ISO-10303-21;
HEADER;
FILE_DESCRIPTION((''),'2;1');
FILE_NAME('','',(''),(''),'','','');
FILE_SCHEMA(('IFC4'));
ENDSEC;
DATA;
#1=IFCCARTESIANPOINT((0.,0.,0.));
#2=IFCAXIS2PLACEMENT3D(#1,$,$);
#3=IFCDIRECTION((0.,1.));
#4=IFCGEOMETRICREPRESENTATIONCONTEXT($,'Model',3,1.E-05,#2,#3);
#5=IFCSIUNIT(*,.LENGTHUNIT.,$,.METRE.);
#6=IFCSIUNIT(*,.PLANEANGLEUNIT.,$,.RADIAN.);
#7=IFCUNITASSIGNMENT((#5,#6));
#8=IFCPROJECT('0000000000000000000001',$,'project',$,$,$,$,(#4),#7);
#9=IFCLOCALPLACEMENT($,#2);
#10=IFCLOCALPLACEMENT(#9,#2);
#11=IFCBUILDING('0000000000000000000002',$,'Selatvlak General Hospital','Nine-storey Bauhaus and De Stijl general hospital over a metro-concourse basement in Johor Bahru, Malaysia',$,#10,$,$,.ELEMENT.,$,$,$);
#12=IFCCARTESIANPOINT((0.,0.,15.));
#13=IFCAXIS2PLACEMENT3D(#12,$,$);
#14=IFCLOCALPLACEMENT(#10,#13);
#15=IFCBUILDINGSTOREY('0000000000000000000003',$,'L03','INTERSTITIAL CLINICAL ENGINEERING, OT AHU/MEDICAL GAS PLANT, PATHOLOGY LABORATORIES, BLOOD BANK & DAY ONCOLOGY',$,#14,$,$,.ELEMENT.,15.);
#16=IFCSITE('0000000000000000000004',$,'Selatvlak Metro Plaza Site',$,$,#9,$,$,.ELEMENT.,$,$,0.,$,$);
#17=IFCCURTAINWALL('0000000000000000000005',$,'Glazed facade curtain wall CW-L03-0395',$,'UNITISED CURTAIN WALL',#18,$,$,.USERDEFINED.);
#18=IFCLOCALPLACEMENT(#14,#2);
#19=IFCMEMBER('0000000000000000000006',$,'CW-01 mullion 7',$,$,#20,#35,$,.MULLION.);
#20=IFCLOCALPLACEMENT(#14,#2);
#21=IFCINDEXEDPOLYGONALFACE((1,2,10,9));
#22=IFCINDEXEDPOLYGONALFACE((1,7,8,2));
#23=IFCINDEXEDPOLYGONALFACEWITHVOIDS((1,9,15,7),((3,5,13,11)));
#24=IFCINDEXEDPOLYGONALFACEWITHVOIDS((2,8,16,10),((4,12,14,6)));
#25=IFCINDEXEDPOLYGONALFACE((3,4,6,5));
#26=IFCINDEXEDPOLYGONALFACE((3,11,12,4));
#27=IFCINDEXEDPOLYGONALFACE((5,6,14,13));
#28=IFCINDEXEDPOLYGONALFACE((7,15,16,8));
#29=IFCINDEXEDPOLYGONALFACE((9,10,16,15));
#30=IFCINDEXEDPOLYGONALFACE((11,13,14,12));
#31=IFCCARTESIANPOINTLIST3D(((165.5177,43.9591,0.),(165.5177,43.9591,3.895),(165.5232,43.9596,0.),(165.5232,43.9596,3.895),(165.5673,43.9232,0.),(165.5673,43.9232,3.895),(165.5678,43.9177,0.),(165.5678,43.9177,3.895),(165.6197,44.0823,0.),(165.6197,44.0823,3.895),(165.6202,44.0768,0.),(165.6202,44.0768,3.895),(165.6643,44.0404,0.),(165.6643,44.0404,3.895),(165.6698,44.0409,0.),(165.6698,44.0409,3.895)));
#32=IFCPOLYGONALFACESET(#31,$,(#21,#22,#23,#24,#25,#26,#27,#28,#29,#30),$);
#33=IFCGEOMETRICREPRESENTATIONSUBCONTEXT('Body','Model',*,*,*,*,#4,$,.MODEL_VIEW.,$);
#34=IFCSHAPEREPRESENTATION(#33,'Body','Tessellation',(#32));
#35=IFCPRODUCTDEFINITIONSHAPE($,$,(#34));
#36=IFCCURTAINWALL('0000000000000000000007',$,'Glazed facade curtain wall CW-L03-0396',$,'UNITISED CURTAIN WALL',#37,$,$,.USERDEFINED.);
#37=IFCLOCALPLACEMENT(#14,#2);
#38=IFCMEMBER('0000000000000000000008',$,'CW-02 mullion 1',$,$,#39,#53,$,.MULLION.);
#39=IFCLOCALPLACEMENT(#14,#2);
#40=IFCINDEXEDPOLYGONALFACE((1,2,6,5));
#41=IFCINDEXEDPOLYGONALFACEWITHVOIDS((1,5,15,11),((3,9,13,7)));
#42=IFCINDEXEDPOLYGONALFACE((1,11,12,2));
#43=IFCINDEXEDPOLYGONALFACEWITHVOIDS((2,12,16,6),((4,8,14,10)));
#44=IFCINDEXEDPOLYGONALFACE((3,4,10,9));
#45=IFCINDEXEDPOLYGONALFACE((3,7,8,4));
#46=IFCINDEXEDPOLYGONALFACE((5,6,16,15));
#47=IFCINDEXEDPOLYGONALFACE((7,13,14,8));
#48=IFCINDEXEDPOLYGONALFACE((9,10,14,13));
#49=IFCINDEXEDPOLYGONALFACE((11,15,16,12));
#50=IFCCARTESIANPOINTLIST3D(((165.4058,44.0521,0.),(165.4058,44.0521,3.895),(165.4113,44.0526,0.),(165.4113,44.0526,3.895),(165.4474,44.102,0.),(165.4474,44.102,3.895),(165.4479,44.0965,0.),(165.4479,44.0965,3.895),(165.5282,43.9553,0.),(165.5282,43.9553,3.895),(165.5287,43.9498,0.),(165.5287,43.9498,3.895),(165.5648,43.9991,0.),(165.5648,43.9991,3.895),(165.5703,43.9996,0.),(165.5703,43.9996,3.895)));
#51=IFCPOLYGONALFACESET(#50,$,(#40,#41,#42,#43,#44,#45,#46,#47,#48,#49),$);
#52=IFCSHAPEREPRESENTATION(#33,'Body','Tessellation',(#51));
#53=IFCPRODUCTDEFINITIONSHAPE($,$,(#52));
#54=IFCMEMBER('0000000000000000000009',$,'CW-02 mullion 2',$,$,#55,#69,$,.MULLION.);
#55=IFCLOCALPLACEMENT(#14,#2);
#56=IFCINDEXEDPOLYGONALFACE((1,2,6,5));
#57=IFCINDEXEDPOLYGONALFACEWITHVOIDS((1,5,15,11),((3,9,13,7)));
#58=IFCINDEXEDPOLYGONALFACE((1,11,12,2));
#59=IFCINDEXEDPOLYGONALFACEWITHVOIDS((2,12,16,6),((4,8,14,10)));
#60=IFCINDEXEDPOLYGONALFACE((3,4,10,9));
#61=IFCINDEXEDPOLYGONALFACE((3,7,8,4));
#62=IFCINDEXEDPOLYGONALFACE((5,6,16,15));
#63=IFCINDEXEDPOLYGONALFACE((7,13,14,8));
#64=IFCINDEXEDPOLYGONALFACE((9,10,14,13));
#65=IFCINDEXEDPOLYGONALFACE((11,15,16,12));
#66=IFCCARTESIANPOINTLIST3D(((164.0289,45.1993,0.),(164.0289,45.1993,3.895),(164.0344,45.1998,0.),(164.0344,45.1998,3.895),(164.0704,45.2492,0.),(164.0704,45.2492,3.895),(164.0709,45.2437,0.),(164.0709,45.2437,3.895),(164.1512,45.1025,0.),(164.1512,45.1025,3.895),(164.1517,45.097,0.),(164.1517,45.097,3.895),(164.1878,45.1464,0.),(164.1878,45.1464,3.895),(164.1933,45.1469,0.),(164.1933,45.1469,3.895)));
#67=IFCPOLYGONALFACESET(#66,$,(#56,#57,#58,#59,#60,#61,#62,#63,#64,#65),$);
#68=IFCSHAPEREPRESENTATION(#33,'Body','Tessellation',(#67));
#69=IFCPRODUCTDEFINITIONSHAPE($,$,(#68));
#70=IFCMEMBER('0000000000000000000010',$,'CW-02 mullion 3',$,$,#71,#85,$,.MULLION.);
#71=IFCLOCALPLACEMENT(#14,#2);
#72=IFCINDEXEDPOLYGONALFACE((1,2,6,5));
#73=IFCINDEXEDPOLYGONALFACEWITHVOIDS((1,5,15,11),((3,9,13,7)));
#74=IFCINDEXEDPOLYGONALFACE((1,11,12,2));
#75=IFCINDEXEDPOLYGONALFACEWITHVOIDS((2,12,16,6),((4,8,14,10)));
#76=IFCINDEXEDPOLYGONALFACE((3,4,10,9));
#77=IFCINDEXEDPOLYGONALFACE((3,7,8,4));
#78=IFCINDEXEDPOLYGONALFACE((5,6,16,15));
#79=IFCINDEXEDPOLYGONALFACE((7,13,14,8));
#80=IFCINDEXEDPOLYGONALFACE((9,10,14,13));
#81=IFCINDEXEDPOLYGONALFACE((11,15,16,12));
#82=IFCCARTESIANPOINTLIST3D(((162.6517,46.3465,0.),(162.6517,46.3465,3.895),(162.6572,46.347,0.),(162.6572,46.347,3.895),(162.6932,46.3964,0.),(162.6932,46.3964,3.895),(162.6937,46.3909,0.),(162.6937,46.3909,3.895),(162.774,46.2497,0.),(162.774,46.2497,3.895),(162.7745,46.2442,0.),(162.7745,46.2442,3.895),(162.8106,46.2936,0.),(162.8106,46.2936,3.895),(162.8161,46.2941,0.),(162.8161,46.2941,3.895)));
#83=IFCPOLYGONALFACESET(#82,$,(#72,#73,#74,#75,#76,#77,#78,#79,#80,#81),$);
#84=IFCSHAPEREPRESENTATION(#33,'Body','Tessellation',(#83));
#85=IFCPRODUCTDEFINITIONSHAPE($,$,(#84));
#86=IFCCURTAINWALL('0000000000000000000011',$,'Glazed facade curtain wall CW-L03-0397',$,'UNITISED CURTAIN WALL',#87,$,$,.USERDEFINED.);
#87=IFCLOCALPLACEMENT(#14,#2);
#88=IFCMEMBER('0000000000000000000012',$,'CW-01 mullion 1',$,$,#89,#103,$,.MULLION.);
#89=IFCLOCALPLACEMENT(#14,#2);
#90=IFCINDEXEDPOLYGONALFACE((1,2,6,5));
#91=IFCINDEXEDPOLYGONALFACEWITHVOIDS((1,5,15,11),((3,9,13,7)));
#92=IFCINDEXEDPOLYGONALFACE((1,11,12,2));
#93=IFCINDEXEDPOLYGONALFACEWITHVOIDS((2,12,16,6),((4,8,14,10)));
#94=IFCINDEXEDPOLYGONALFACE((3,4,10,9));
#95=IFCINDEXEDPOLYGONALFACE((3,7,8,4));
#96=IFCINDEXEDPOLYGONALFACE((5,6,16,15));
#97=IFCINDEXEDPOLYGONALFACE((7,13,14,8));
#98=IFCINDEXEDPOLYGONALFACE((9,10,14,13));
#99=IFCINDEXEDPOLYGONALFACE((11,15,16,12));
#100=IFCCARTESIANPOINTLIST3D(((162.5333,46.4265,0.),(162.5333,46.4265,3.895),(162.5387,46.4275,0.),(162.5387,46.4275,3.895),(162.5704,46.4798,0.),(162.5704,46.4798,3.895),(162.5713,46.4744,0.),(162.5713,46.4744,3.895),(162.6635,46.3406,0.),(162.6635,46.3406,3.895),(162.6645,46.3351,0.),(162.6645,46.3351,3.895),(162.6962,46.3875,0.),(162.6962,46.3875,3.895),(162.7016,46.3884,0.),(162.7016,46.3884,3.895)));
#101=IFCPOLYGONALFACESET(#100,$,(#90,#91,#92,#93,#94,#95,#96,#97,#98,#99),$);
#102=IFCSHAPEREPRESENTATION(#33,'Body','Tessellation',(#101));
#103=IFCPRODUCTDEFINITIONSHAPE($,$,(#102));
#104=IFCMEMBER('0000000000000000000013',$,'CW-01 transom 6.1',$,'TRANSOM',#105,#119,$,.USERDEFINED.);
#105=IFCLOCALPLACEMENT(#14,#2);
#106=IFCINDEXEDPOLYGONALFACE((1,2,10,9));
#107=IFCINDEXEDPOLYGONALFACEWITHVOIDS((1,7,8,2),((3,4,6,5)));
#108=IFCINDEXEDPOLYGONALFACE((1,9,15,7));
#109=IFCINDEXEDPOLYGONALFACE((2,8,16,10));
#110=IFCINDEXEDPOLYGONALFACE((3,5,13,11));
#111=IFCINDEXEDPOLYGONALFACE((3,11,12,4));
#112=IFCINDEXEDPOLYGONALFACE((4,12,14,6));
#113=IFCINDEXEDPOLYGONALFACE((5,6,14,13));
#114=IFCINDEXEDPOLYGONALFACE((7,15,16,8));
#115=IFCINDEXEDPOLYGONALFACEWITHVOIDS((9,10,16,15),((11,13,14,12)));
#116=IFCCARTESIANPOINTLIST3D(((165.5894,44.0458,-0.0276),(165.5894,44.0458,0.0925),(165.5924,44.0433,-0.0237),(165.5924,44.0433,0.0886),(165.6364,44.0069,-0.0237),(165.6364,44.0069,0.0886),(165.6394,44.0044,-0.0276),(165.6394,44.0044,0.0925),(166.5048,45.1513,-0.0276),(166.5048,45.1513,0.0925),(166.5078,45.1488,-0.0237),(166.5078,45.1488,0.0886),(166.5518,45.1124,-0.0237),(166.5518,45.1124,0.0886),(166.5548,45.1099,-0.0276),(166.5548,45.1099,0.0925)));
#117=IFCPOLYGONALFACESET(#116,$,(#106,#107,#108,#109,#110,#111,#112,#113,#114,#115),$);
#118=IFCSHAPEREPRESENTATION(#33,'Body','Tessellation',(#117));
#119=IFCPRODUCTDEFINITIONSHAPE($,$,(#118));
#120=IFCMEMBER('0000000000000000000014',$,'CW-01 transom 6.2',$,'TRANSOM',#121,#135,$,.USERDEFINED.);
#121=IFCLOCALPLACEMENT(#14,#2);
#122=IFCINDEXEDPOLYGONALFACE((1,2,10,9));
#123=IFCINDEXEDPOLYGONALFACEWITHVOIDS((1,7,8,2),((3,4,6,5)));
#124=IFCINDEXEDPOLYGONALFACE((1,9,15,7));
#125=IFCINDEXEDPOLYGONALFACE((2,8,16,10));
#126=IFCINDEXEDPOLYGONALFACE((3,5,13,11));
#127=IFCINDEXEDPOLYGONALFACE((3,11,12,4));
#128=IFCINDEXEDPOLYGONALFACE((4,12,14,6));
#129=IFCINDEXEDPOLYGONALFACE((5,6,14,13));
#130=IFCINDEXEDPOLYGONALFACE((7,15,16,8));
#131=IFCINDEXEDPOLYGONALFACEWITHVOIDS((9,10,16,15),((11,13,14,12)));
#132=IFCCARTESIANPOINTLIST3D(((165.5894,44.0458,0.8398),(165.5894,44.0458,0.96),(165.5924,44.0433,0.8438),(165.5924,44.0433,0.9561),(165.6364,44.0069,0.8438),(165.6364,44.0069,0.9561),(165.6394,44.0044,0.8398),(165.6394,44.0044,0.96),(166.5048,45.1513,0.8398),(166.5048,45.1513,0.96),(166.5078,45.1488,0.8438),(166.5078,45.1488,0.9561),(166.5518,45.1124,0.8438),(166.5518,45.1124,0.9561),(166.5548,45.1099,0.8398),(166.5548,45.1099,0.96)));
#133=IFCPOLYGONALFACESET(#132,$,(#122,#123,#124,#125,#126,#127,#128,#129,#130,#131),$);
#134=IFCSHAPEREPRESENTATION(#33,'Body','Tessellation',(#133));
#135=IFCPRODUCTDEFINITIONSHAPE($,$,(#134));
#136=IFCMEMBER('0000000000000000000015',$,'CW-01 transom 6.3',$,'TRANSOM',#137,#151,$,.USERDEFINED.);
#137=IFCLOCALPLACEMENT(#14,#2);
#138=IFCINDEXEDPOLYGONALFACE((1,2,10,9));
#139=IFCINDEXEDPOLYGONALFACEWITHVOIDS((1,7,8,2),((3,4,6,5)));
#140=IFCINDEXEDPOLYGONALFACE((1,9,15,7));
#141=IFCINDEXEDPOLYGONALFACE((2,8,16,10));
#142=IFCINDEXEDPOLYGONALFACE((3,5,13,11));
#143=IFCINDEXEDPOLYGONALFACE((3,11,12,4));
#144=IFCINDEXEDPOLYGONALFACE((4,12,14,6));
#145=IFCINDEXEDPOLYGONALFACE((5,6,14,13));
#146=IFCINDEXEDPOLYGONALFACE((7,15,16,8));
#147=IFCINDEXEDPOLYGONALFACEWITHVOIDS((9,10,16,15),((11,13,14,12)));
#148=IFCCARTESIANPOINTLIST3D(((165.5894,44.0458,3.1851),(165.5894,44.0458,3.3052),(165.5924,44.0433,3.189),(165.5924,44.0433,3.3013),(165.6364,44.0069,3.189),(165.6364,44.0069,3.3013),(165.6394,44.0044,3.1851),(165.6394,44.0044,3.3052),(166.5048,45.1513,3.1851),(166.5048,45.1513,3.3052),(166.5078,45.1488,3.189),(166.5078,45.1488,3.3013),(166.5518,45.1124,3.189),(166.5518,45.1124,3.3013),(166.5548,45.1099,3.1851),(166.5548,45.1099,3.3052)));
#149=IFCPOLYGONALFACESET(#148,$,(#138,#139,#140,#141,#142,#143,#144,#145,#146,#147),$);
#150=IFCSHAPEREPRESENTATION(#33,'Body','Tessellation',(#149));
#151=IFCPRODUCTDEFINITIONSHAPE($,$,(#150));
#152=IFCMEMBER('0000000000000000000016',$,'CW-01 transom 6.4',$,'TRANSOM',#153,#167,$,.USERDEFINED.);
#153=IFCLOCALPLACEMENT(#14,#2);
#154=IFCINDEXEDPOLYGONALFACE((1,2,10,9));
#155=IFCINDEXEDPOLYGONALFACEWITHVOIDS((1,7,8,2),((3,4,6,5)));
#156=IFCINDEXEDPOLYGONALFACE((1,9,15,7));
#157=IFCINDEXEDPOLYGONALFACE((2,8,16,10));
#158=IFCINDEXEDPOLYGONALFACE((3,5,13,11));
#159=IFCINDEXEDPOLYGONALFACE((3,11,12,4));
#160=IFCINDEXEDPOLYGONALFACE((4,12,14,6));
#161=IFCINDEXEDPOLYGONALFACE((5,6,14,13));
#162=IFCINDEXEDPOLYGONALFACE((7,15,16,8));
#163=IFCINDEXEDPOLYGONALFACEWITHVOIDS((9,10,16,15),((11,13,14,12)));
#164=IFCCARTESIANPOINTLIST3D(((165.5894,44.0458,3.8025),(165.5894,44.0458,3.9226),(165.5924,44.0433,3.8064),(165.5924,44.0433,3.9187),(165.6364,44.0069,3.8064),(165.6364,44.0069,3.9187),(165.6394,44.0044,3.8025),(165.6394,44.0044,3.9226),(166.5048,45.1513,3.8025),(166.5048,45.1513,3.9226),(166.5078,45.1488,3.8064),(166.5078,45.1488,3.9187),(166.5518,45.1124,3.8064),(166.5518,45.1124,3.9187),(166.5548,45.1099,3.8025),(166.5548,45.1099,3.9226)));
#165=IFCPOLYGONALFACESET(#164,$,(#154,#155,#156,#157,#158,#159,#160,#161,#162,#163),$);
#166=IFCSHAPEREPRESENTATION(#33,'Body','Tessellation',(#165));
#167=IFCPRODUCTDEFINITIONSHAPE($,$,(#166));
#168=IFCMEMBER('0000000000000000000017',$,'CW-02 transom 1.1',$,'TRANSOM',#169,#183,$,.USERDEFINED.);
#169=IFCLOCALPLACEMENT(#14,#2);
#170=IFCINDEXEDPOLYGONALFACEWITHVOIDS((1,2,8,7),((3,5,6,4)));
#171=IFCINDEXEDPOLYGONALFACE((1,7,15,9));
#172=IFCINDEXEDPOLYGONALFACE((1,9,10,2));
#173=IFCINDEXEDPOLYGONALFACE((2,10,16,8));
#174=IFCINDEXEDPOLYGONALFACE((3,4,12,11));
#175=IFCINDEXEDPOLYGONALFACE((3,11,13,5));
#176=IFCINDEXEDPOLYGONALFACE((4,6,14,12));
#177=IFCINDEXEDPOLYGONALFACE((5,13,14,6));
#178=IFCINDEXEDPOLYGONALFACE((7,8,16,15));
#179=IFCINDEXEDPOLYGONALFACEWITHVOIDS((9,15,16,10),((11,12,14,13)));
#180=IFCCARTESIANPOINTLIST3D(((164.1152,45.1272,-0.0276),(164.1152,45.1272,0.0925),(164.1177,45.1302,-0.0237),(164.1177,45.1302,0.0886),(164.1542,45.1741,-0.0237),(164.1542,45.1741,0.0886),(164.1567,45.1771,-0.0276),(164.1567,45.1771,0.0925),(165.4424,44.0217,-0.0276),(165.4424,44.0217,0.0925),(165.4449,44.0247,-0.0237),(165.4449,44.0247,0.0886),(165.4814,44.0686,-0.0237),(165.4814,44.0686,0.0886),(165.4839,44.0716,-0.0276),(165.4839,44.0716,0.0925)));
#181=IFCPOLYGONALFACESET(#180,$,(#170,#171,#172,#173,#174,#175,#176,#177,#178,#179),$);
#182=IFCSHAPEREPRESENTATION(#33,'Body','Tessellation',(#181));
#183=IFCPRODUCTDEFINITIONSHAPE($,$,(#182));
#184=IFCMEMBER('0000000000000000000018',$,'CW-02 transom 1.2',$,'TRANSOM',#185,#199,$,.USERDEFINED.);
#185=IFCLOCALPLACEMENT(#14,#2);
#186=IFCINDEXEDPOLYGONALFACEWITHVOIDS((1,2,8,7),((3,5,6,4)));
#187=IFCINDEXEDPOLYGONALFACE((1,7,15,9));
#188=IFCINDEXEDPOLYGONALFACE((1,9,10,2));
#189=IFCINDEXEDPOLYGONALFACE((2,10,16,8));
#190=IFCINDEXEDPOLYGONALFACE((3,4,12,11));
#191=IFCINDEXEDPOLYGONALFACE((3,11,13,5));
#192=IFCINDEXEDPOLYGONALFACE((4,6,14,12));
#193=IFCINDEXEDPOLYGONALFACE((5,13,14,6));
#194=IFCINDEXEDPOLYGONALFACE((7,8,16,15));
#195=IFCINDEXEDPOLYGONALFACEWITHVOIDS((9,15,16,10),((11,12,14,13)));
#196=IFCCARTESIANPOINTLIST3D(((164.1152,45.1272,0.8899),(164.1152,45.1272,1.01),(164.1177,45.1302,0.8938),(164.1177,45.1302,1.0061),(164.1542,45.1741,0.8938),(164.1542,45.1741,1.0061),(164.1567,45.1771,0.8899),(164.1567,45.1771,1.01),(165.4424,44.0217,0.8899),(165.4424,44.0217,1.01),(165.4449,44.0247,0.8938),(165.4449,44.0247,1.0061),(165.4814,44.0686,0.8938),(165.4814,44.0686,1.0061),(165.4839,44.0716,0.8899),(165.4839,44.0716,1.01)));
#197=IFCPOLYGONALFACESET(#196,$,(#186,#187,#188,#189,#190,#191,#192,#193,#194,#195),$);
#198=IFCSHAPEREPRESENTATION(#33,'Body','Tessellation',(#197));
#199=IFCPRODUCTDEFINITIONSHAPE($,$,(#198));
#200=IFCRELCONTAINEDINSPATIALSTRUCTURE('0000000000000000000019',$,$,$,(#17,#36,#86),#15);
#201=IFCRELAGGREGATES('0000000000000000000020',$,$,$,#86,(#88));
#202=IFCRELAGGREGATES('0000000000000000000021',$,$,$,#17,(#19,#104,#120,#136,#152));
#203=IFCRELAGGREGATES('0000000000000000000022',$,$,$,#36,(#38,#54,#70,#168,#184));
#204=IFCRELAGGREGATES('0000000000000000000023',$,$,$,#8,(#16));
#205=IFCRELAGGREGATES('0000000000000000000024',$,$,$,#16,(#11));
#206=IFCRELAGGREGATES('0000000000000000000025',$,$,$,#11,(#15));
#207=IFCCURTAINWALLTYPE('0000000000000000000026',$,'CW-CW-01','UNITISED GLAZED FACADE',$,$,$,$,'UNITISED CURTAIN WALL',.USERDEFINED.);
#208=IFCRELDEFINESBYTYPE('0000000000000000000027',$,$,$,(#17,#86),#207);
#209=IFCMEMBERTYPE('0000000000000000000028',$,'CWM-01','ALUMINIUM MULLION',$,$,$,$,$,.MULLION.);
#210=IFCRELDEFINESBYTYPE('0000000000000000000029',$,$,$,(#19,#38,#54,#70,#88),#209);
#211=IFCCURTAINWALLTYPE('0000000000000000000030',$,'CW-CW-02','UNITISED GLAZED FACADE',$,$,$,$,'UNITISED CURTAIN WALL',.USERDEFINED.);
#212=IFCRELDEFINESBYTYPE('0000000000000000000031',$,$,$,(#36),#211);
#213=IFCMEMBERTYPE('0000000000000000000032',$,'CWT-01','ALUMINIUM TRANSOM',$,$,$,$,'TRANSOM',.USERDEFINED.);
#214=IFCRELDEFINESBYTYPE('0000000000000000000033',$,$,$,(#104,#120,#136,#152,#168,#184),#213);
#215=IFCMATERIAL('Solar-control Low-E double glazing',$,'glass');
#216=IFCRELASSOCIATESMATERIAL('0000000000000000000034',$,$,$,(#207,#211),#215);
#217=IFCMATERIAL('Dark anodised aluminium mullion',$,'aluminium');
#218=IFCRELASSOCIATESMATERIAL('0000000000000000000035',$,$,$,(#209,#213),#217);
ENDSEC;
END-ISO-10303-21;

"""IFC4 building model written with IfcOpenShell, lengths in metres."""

from ifc_helpers import new_model, si_unit, direction, frame, origin, origin_2d, place, context, subcontext, project, spatial, hollow_rectangle, extrude, material, material_profile, profile_set, type_object, element, aggregate, save


model = new_model("IFC4")

# Units and contexts
model_context = context("Model", 3, precision=1e-05, world=origin(), true_north=direction((0.0, 1.0)))
body_context = subcontext(model_context, "Body", "Model", "MODEL_VIEW")
ifc_project = project(units=[si_unit("LENGTHUNIT", "METRE"), si_unit("PLANEANGLEUNIT", "RADIAN")], contexts=[model_context])

# Site, building, storey
site_placement = place(None, origin())
site = spatial("IfcSite", under=ifc_project, at=site_placement, Name="Selatvlak Metro Plaza Site", CompositionType="ELEMENT", RefElevation=0.0)
building_placement = place(site_placement, origin())
building = spatial("IfcBuilding", under=site, at=building_placement, Name="Selatvlak General Hospital", Description="Nine-storey Bauhaus and De Stijl general hospital over a metro-concourse basement in Johor Bahru, Malaysia", CompositionType="ELEMENT")
storey_placement = place(building_placement, frame((0.0, 0.0, 15.0)))
storey = spatial("IfcBuildingStorey", under=building, at=storey_placement, Name="L03", Description="INTERSTITIAL CLINICAL ENGINEERING, OT AHU/MEDICAL GAS PLANT, PATHOLOGY LABORATORIES, BLOOD BANK & DAY ONCOLOGY", CompositionType="ELEMENT", Elevation=15.0)

# Curtain wall, member
ifc_material_1 = material(Name="Solar-control Low-E double glazing", Category="glass")
curtain_wall_type_1 = type_object("IfcCurtainWallType", Name="CW-CW-01", Description="UNITISED GLAZED FACADE", ElementType="UNITISED CURTAIN WALL", PredefinedType="USERDEFINED", material=ifc_material_1)
curtain_wall_1_placement = place(storey_placement, origin())
curtain_wall_1 = element("IfcCurtainWall", 1, at=curtain_wall_1_placement, inside=storey, type_object=curtain_wall_type_1, Name="Glazed facade curtain wall CW-L03-0395", ObjectType="UNITISED CURTAIN WALL", PredefinedType="USERDEFINED")
ifc_material_2 = material(Name="Dark anodised aluminium mullion", Category="aluminium")
ifc_material_profile_1 = material_profile(ifc_material_2, hollow_rectangle(XDim=0.0649, YDim=0.1599, WallThickness=0.0039, at=origin_2d()), Name="AL-MUL 65x160x4")
ifc_profile_set_1 = profile_set([ifc_material_profile_1], Name="Dark anodised aluminium mullion")
member_type_1 = type_object("IfcMemberType", Name="CWM-01", Description="ALUMINIUM MULLION", PredefinedType="MULLION", material=ifc_profile_set_1)
member_1_placement = place(storey_placement, frame((165.5938, 44.0, 0.0), z_axis=(0.0, 0.0, 1.0), x_axis=(0.770267, -0.637721, 0.0)))
member_1 = element("IfcMember", 2, at=member_1_placement, type_object=member_type_1, Name="CW-01 mullion 7", PredefinedType="MULLION", context=body_context, shape_type="SweptSolid", body=[
    extrude(hollow_rectangle(XDim=0.0649, YDim=0.1599, WallThickness=0.0039, at=origin_2d()), origin(), (0.0, 0.0, 1.0), 3.895),
])

# Curtain wall, members
curtain_wall_type_2 = type_object("IfcCurtainWallType", Name="CW-CW-02", Description="UNITISED GLAZED FACADE", ElementType="UNITISED CURTAIN WALL", PredefinedType="USERDEFINED", material=ifc_material_1)
curtain_wall_2_placement = place(storey_placement, origin())
curtain_wall_2 = element("IfcCurtainWall", 3, at=curtain_wall_2_placement, inside=storey, type_object=curtain_wall_type_2, Name="Glazed facade curtain wall CW-L03-0396", ObjectType="UNITISED CURTAIN WALL", PredefinedType="USERDEFINED")
member_2_placement = place(storey_placement, frame((165.488, 44.0259, 0.0), z_axis=(0.0, 0.0, 1.0), x_axis=(-0.640077, -0.768311, 0.0)))
member_2 = element("IfcMember", 4, at=member_2_placement, type_object=member_type_1, Name="CW-02 mullion 1", PredefinedType="MULLION", context=body_context, shape_type="SweptSolid", body=[
    extrude(hollow_rectangle(XDim=0.0649, YDim=0.1599, WallThickness=0.0039, at=origin_2d()), origin(), (0.0, 0.0, 1.0), 3.895),
])
member_3_placement = place(storey_placement, frame((164.1111, 45.1731, 0.0), z_axis=(0.0, 0.0, 1.0), x_axis=(-0.640077, -0.768311, 0.0)))
member_3 = element("IfcMember", 5, at=member_3_placement, type_object=member_type_1, Name="CW-02 mullion 2", PredefinedType="MULLION", context=body_context, shape_type="SweptSolid", body=[
    extrude(hollow_rectangle(XDim=0.0649, YDim=0.1599, WallThickness=0.0039, at=origin_2d()), origin(), (0.0, 0.0, 1.0), 3.895),
])
member_4_placement = place(storey_placement, frame((162.7339, 46.3203, 0.0), z_axis=(0.0, 0.0, 1.0), x_axis=(-0.640077, -0.768311, 0.0)))
member_4 = element("IfcMember", 6, at=member_4_placement, type_object=member_type_1, Name="CW-02 mullion 3", PredefinedType="MULLION", context=body_context, shape_type="SweptSolid", body=[
    extrude(hollow_rectangle(XDim=0.0649, YDim=0.1599, WallThickness=0.0039, at=origin_2d()), origin(), (0.0, 0.0, 1.0), 3.895),
])

# Curtain wall, member
curtain_wall_3_placement = place(storey_placement, origin())
curtain_wall_3 = element("IfcCurtainWall", 7, at=curtain_wall_3_placement, inside=storey, type_object=curtain_wall_type_1, Name="Glazed facade curtain wall CW-L03-0397", ObjectType="UNITISED CURTAIN WALL", PredefinedType="USERDEFINED")
member_5_placement = place(storey_placement, frame((162.6174, 46.4075, 0.0), z_axis=(0.0, 0.0, 1.0), x_axis=(-0.571335, -0.820717, 0.0)))
member_5 = element("IfcMember", 8, at=member_5_placement, type_object=member_type_1, Name="CW-01 mullion 1", PredefinedType="MULLION", context=body_context, shape_type="SweptSolid", body=[
    extrude(hollow_rectangle(XDim=0.0649, YDim=0.1599, WallThickness=0.0039, at=origin_2d()), origin(), (0.0, 0.0, 1.0), 3.895),
])

# Members
ifc_material_profile_2 = material_profile(ifc_material_2, hollow_rectangle(XDim=0.0649, YDim=0.1201, WallThickness=0.0039, at=origin_2d()), Name="AL-TRN 65x120x4")
ifc_profile_set_2 = profile_set([ifc_material_profile_2], Name="Dark anodised aluminium mullion")
member_type_2 = type_object("IfcMemberType", Name="CWT-01", Description="ALUMINIUM TRANSOM", ElementType="TRANSOM", PredefinedType="USERDEFINED", material=ifc_profile_set_2)
member_6_placement = place(storey_placement, frame((166.5298, 45.1306, 0.0325), z_axis=(-0.637738, -0.770253, 0.0), x_axis=(0.770253, -0.637738, 0.0)))
member_6 = element("IfcMember", 9, at=member_6_placement, type_object=member_type_2, Name="CW-01 transom 6.1", ObjectType="TRANSOM", PredefinedType="USERDEFINED", context=body_context, shape_type="SweptSolid", body=[
    extrude(hollow_rectangle(XDim=0.0649, YDim=0.1201, WallThickness=0.0039, at=origin_2d()), origin(), (0.0, 0.0, 1.0), 1.4353),
])
member_7_placement = place(storey_placement, frame((166.5298, 45.1306, 0.8999), z_axis=(-0.637738, -0.770253, 0.0), x_axis=(0.770253, -0.637738, 0.0)))
member_7 = element("IfcMember", 10, at=member_7_placement, type_object=member_type_2, Name="CW-01 transom 6.2", ObjectType="TRANSOM", PredefinedType="USERDEFINED", context=body_context, shape_type="SweptSolid", body=[
    extrude(hollow_rectangle(XDim=0.0649, YDim=0.1201, WallThickness=0.0039, at=origin_2d()), origin(), (0.0, 0.0, 1.0), 1.4353),
])
member_8_placement = place(storey_placement, frame((166.5298, 45.1306, 3.2451), z_axis=(-0.637738, -0.770253, 0.0), x_axis=(0.770253, -0.637738, 0.0)))
member_8 = element("IfcMember", 11, at=member_8_placement, type_object=member_type_2, Name="CW-01 transom 6.3", ObjectType="TRANSOM", PredefinedType="USERDEFINED", context=body_context, shape_type="SweptSolid", body=[
    extrude(hollow_rectangle(XDim=0.0649, YDim=0.1201, WallThickness=0.0039, at=origin_2d()), origin(), (0.0, 0.0, 1.0), 1.4353),
])
member_9_placement = place(storey_placement, frame((166.5298, 45.1306, 3.8625), z_axis=(-0.637738, -0.770253, 0.0), x_axis=(0.770253, -0.637738, 0.0)))
member_9 = element("IfcMember", 12, at=member_9_placement, type_object=member_type_2, Name="CW-01 transom 6.4", ObjectType="TRANSOM", PredefinedType="USERDEFINED", context=body_context, shape_type="SweptSolid", body=[
    extrude(hollow_rectangle(XDim=0.0649, YDim=0.1201, WallThickness=0.0039, at=origin_2d()), origin(), (0.0, 0.0, 1.0), 1.4353),
])
member_10_placement = place(storey_placement, frame((165.4631, 44.0466, 0.0325), z_axis=(-0.76836, 0.640018, 0.0), x_axis=(-0.640018, -0.76836, 0.0)))
member_10 = element("IfcMember", 13, at=member_10_placement, type_object=member_type_2, Name="CW-02 transom 1.1", ObjectType="TRANSOM", PredefinedType="USERDEFINED", context=body_context, shape_type="SweptSolid", body=[
    extrude(hollow_rectangle(XDim=0.0649, YDim=0.1201, WallThickness=0.0039, at=origin_2d()), origin(), (0.0, 0.0, 1.0), 1.7273),
])
member_11_placement = place(storey_placement, frame((165.4631, 44.0466, 0.95), z_axis=(-0.76836, 0.640018, 0.0), x_axis=(-0.640018, -0.76836, 0.0)))
member_11 = element("IfcMember", 14, at=member_11_placement, type_object=member_type_2, Name="CW-02 transom 1.2", ObjectType="TRANSOM", PredefinedType="USERDEFINED", context=body_context, shape_type="SweptSolid", body=[
    extrude(hollow_rectangle(XDim=0.0649, YDim=0.1201, WallThickness=0.0039, at=origin_2d()), origin(), (0.0, 0.0, 1.0), 1.7273),
])
aggregate(curtain_wall_3, [member_5])

aggregate(curtain_wall_1, [member_1, member_6, member_7, member_8, member_9])
aggregate(curtain_wall_2, [member_2, member_3, member_4, member_10, member_11])

save(model, "model.ifc")
